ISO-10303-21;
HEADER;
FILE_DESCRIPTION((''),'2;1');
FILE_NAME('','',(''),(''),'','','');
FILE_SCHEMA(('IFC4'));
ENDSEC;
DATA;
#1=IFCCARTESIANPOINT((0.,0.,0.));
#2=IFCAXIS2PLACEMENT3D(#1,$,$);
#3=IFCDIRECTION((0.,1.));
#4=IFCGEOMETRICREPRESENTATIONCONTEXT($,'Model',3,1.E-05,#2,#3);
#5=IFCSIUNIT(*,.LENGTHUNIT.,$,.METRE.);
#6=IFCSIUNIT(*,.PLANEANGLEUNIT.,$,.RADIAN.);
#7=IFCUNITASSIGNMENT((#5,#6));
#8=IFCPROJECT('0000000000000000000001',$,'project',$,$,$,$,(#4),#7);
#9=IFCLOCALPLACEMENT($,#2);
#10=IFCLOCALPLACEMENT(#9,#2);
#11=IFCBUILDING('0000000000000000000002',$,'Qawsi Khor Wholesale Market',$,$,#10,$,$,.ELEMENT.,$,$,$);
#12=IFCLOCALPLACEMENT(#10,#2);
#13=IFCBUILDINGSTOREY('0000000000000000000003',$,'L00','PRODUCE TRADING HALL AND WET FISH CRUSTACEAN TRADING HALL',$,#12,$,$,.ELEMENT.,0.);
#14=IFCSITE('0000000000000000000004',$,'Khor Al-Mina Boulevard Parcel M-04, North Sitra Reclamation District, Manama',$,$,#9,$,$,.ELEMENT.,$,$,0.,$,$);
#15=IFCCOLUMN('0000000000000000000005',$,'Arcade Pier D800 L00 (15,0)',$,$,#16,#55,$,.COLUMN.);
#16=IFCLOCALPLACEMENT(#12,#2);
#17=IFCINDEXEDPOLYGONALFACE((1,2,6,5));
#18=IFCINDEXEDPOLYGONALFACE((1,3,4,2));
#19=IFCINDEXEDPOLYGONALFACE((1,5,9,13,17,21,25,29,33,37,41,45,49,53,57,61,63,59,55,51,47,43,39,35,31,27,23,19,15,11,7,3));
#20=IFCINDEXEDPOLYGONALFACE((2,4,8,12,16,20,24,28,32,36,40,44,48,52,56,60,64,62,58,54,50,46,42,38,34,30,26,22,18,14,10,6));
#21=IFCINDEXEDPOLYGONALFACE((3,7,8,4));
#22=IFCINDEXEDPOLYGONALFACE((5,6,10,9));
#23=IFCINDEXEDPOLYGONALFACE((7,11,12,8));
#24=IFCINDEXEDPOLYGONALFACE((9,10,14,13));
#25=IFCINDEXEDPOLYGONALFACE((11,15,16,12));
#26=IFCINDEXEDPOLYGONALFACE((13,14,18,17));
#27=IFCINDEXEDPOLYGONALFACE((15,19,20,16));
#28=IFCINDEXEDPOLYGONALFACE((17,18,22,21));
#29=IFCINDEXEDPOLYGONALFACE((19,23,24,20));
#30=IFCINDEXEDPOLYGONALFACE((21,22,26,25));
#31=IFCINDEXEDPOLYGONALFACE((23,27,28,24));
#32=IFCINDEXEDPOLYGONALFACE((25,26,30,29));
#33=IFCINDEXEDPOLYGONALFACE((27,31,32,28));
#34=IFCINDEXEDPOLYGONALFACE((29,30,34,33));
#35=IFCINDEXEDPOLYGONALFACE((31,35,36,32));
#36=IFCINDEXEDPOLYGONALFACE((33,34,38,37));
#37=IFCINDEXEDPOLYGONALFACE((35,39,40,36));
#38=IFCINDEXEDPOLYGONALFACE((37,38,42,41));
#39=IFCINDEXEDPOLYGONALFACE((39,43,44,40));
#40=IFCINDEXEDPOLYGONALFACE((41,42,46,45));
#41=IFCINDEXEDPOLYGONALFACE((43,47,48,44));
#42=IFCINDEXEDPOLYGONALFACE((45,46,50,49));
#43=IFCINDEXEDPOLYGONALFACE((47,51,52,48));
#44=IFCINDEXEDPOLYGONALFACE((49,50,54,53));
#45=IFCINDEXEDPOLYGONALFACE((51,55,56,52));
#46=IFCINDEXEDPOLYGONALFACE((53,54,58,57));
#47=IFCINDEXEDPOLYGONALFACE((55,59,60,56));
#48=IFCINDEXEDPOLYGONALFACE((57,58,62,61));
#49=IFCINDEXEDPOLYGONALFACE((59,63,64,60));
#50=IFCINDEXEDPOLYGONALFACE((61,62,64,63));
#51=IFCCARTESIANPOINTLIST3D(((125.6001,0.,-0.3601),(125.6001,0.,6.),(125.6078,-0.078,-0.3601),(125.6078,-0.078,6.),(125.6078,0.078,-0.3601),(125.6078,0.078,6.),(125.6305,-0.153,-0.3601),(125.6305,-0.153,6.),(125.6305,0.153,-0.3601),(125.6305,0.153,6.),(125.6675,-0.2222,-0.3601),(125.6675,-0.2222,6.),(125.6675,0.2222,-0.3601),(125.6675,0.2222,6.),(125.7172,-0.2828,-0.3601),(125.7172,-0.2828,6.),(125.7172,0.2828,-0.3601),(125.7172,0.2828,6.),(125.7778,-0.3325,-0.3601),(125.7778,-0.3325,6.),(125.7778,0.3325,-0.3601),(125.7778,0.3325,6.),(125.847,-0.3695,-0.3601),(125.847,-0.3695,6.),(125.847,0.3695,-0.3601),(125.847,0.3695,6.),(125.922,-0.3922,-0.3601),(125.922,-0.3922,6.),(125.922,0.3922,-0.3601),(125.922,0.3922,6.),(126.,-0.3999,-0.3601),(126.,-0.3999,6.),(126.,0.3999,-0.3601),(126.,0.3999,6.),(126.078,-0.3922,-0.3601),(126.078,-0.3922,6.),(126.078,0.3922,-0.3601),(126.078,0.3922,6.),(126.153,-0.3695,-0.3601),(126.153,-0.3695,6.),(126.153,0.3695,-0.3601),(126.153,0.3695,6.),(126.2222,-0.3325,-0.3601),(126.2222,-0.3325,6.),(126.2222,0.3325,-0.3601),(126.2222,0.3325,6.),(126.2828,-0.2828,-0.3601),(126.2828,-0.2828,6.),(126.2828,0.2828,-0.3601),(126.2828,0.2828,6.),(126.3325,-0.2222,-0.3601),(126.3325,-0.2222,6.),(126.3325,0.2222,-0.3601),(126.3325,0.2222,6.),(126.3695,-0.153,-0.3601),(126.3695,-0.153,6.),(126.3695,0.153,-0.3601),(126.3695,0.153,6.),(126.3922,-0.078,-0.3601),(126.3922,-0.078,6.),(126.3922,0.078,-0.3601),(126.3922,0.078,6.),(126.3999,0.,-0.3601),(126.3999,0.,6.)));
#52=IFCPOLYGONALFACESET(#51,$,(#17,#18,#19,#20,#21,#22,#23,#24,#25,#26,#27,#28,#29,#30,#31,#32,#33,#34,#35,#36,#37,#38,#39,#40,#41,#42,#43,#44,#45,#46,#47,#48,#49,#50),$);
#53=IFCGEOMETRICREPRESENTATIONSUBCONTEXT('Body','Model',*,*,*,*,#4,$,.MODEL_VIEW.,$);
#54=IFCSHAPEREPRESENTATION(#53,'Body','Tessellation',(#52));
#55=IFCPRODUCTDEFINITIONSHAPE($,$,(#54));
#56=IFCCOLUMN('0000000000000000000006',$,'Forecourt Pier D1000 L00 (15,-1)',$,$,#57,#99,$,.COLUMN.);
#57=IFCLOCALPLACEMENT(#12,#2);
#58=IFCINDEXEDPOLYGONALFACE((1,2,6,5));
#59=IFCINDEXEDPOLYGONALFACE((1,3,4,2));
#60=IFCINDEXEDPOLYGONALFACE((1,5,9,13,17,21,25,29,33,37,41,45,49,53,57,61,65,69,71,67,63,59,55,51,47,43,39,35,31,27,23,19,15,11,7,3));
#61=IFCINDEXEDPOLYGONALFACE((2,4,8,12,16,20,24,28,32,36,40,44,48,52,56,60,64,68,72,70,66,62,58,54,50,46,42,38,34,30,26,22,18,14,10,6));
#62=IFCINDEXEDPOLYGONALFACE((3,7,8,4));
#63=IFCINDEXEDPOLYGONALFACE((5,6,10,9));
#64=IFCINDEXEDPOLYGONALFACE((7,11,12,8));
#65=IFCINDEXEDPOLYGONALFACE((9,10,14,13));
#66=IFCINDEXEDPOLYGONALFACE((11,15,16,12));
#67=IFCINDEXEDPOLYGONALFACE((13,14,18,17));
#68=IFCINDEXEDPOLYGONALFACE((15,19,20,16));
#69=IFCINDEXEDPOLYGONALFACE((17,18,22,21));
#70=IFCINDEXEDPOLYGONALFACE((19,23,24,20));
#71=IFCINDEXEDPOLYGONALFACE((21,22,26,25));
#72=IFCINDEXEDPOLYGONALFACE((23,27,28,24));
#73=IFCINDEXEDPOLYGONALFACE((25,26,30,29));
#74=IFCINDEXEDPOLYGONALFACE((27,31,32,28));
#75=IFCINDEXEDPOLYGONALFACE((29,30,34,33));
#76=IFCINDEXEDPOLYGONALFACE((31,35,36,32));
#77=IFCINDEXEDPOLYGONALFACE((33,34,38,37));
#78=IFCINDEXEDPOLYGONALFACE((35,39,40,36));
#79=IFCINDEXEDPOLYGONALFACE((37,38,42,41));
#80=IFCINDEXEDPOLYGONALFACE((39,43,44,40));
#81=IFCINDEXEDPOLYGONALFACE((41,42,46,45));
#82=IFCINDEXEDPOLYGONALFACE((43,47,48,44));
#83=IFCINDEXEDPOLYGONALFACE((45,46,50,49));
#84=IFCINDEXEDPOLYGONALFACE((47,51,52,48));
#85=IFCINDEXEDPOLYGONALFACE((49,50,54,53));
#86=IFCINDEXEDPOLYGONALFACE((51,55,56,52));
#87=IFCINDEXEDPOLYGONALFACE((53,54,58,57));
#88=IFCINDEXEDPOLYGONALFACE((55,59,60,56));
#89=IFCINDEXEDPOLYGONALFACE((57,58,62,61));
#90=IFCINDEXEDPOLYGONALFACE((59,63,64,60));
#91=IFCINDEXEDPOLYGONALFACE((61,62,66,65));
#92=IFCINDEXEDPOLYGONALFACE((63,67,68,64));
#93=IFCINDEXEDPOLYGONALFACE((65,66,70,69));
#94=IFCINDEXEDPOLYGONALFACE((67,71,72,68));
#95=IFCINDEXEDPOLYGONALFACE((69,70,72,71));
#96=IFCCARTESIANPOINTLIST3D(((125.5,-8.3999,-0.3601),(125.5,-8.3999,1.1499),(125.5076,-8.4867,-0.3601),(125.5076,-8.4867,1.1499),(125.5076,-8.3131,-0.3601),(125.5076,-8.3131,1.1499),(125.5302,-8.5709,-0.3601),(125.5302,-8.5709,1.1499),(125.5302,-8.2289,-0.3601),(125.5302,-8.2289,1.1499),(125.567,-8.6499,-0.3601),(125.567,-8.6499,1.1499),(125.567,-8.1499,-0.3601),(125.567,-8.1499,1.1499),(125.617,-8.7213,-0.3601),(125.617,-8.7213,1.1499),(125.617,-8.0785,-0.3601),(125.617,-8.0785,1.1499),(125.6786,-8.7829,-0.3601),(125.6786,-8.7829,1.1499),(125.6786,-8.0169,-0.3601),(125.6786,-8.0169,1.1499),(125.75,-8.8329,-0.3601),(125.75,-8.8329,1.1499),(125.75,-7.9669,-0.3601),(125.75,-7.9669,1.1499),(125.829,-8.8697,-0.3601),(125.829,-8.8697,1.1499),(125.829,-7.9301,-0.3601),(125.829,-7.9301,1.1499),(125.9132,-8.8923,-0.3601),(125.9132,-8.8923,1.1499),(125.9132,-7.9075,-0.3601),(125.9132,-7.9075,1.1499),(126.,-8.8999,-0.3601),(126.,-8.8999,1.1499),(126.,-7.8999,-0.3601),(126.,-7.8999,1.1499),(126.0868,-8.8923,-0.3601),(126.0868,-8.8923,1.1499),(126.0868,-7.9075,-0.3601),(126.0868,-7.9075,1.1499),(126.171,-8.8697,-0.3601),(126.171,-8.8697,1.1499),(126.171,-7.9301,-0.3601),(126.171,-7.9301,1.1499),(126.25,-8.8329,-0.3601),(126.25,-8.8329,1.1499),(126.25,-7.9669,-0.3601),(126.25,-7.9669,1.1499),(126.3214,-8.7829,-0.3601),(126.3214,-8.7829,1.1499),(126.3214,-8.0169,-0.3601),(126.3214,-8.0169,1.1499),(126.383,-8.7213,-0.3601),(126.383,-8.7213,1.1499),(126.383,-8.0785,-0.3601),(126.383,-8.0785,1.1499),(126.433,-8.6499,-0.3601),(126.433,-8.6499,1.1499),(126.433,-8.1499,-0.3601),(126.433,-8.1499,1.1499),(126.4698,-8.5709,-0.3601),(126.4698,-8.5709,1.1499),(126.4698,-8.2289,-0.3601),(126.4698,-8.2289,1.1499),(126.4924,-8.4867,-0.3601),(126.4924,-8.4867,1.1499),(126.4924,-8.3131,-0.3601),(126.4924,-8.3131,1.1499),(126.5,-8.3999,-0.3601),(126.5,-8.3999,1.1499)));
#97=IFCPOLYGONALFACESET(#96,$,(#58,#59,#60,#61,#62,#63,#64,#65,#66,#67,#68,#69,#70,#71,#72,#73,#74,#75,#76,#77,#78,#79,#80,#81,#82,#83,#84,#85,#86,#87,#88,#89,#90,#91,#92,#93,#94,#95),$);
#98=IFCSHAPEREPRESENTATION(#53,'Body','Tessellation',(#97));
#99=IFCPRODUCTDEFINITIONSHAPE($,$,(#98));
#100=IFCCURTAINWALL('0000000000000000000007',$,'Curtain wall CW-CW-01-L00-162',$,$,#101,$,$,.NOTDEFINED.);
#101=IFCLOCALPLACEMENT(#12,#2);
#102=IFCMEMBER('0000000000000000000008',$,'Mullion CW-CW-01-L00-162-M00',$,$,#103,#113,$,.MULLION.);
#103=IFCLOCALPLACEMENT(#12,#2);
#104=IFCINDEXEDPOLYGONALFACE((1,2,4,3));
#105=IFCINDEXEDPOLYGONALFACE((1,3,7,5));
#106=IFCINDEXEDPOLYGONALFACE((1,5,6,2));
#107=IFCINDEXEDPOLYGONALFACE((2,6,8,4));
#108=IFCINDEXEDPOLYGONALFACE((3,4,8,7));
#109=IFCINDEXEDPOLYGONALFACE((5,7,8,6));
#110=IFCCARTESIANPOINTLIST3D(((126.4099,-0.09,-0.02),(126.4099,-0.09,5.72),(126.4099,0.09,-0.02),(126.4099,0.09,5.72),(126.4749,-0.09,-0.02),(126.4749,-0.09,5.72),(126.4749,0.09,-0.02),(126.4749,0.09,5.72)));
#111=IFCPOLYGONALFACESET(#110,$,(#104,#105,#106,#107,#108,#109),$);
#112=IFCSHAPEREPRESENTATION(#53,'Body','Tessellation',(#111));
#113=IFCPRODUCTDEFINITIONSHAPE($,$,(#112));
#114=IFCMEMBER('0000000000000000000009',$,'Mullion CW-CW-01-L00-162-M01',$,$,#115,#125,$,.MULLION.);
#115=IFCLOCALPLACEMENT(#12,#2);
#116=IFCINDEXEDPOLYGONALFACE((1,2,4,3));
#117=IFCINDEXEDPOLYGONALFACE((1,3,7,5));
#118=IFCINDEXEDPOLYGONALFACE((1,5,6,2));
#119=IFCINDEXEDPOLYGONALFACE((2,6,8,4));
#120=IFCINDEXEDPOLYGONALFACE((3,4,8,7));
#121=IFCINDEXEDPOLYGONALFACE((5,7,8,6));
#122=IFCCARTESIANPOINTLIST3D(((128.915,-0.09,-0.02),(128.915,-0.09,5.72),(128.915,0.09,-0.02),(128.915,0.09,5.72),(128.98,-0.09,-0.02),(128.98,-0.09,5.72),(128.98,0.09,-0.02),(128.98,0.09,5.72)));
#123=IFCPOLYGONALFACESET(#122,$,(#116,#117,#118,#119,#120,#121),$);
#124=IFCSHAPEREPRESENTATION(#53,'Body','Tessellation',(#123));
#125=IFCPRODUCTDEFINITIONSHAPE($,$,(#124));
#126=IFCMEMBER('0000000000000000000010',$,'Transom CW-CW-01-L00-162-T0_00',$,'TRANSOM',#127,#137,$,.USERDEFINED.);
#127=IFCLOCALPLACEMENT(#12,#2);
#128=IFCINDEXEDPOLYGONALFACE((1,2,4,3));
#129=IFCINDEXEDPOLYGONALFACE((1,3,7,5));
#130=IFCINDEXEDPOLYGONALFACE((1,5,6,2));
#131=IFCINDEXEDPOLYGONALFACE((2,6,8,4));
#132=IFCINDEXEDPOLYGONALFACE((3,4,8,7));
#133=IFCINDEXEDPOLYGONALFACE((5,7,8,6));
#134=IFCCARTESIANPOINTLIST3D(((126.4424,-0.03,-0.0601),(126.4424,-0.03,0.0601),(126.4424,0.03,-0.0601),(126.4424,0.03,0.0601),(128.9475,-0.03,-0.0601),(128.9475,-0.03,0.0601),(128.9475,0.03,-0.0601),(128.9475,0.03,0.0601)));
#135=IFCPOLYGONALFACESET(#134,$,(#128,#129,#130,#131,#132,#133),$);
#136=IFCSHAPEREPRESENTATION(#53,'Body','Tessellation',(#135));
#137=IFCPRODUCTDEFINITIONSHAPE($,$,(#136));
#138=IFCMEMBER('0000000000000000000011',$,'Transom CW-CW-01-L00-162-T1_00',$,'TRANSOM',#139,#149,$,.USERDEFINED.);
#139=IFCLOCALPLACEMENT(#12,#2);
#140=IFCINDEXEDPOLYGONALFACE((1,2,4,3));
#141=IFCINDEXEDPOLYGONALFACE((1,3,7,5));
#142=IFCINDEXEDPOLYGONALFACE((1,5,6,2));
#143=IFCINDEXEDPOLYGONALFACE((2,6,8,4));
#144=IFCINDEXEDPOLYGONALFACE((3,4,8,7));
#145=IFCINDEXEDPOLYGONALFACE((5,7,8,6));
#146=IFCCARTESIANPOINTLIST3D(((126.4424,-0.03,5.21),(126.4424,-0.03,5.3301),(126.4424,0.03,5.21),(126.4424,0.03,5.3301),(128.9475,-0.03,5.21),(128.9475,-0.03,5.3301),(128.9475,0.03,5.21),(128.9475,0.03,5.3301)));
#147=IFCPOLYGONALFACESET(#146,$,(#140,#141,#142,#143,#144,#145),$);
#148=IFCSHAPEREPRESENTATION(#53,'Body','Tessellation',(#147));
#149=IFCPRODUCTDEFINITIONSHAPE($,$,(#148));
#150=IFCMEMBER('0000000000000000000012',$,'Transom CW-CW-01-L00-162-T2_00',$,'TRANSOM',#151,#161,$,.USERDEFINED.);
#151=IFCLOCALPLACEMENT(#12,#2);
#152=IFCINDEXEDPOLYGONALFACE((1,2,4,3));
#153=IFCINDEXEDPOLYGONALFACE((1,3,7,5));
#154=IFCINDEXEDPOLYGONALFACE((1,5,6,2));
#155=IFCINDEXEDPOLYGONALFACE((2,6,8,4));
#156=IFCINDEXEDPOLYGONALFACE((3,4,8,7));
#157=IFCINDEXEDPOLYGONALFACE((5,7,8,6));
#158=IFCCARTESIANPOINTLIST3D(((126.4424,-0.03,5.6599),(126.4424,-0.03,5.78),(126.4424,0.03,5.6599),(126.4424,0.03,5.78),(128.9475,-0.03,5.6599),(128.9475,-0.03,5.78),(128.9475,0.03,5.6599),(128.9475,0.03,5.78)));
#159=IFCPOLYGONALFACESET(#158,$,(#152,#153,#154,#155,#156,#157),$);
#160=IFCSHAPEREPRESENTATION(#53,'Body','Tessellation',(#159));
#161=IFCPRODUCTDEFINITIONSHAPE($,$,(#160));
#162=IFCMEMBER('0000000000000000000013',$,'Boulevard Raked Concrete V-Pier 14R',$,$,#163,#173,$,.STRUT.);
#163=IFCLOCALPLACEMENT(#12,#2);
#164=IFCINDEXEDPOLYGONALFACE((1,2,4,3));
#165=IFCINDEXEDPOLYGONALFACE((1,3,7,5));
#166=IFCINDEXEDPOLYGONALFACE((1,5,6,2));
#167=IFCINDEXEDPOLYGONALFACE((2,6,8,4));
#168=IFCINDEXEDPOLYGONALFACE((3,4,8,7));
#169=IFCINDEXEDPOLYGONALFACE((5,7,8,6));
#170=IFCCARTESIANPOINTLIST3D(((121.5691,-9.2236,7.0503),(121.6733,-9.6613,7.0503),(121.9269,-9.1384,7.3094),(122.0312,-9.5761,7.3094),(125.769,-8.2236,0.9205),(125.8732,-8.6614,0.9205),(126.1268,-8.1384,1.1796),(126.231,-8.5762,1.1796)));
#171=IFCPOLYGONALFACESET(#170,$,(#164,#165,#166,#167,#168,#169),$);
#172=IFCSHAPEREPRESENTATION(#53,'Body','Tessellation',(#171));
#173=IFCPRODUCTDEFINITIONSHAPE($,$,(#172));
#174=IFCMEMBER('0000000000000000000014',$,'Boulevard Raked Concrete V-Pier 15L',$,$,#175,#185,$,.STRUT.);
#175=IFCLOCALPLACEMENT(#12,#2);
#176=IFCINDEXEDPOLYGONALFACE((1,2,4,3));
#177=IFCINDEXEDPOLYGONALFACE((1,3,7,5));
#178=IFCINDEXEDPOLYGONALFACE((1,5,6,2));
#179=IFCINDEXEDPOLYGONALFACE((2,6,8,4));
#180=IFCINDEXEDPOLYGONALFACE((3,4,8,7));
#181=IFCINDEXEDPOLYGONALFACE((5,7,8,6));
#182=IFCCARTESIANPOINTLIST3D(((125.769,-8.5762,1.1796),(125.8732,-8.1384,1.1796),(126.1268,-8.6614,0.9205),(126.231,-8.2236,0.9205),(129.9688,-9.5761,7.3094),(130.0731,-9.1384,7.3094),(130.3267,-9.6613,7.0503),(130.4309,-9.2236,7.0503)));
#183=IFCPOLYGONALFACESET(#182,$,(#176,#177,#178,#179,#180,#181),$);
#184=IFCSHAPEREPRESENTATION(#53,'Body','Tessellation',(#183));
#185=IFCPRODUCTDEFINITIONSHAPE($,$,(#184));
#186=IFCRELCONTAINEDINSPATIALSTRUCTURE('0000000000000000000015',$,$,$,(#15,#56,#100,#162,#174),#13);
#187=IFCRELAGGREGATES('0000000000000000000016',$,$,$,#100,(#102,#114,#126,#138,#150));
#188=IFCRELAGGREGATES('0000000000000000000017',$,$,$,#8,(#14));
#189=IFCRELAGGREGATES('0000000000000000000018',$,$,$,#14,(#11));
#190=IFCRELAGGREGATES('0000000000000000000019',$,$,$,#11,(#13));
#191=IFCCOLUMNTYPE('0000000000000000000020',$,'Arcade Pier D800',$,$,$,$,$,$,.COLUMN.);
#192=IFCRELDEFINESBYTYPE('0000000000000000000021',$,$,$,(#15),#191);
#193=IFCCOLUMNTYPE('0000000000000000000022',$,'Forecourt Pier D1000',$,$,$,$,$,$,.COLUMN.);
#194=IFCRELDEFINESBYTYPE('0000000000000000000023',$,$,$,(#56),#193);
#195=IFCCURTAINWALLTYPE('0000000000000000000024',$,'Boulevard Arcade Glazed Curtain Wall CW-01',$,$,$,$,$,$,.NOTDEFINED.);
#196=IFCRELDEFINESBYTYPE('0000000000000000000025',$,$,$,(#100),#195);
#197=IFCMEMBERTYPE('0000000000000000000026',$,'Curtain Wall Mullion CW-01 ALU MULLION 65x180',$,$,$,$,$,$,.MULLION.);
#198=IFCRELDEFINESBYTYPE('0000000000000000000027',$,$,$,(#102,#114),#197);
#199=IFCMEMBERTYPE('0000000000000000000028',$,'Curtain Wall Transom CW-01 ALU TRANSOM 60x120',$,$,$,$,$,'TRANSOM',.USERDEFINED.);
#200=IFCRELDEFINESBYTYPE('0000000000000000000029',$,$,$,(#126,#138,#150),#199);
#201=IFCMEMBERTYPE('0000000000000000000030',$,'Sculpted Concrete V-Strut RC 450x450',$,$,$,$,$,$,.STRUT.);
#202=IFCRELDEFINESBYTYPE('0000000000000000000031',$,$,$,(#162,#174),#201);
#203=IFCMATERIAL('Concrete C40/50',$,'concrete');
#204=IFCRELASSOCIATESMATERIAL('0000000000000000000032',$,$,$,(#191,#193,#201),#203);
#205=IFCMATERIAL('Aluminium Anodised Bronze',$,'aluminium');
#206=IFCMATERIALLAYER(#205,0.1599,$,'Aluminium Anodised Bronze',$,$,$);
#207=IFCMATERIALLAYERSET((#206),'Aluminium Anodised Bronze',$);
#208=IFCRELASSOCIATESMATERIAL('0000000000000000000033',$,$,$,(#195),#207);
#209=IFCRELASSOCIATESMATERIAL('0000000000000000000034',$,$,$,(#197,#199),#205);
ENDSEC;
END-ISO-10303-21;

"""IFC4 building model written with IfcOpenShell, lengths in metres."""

from ifc_helpers import new_model, si_unit, direction, frame, origin, origin_2d, place, context, subcontext, project, spatial, rectangle, circle, extrude, material, layer, layer_set, material_profile, profile_set, type_object, element, aggregate, save


model = new_model("IFC4")

# Units and contexts
model_context = context("Model", 3, precision=1e-05, world=origin(), true_north=direction((0.0, 1.0)))
body_context = subcontext(model_context, "Body", "Model", "MODEL_VIEW")
ifc_project = project(units=[si_unit("LENGTHUNIT", "METRE"), si_unit("PLANEANGLEUNIT", "RADIAN")], contexts=[model_context])

# Site, building, storey
site_placement = place(None, origin())
site = spatial("IfcSite", under=ifc_project, at=site_placement, Name="Khor Al-Mina Boulevard Parcel M-04, North Sitra Reclamation District, Manama", CompositionType="ELEMENT", RefElevation=0.0)
building_placement = place(site_placement, origin())
building = spatial("IfcBuilding", under=site, at=building_placement, Name="Qawsi Khor Wholesale Market", CompositionType="ELEMENT")
storey_placement = place(building_placement, origin())
storey = spatial("IfcBuildingStorey", under=building, at=storey_placement, Name="L00", Description="PRODUCE TRADING HALL AND WET FISH CRUSTACEAN TRADING HALL", CompositionType="ELEMENT", Elevation=0.0)

# Columns
ifc_material_1 = material(Name="Concrete C40/50", Category="concrete")
ifc_material_profile_1 = material_profile(ifc_material_1, circle(Radius=0.3999, at=origin_2d()), Name="RC COL D800")
ifc_profile_set_1 = profile_set([ifc_material_profile_1], Name="Concrete C40/50")
column_type_1 = type_object("IfcColumnType", Name="Arcade Pier D800", PredefinedType="COLUMN", material=ifc_profile_set_1)
column_1_placement = place(storey_placement, frame((126.0, 0.0, -0.3601), z_axis=(0.0, 0.0, 1.0), x_axis=(1.0, 0.0, 0.0)))
element("IfcColumn", 1, at=column_1_placement, inside=storey, type_object=column_type_1, Name="Arcade Pier D800 L00 (15,0)", PredefinedType="COLUMN", context=body_context, shape_type="SweptSolid", body=[
    extrude(circle(Radius=0.3999, at=origin_2d()), origin(), (0.0, 0.0, 1.0), 6.3601),
])
ifc_material_profile_2 = material_profile(ifc_material_1, circle(Radius=0.5, at=origin_2d()), Name="RC COL D1000")
ifc_profile_set_2 = profile_set([ifc_material_profile_2], Name="Concrete C40/50")
column_type_2 = type_object("IfcColumnType", Name="Forecourt Pier D1000", PredefinedType="COLUMN", material=ifc_profile_set_2)
column_2_placement = place(storey_placement, frame((126.0, -8.3999, -0.3601), z_axis=(0.0, 0.0, 1.0), x_axis=(1.0, 0.0, 0.0)))
element("IfcColumn", 2, at=column_2_placement, inside=storey, type_object=column_type_2, Name="Forecourt Pier D1000 L00 (15,-1)", PredefinedType="COLUMN", context=body_context, shape_type="SweptSolid", body=[
    extrude(circle(Radius=0.5, at=origin_2d()), origin(), (0.0, 0.0, 1.0), 1.51),
])

# Curtain wall, members
ifc_material_2 = material(Name="Aluminium Anodised Bronze", Category="aluminium")
ifc_layer_1 = layer(ifc_material_2, 0.1599, Name="Aluminium Anodised Bronze")
ifc_layer_set_1 = layer_set([ifc_layer_1], Name="Aluminium Anodised Bronze")
curtain_wall_type = type_object("IfcCurtainWallType", Name="Boulevard Arcade Glazed Curtain Wall CW-01", PredefinedType="NOTDEFINED", material=ifc_layer_set_1)
curtain_wall_placement = place(storey_placement, origin())
curtain_wall = element("IfcCurtainWall", 3, at=curtain_wall_placement, inside=storey, type_object=curtain_wall_type, Name="Curtain wall CW-CW-01-L00-162", PredefinedType="NOTDEFINED")
ifc_material_profile_3 = material_profile(ifc_material_2, rectangle(XDim=0.0649, YDim=0.1799, at=origin_2d()), Name="ALU MULLION 65x180")
ifc_profile_set_3 = profile_set([ifc_material_profile_3], Name="Aluminium Anodised Bronze")
member_type_1 = type_object("IfcMemberType", Name="Curtain Wall Mullion CW-01 ALU MULLION 65x180", PredefinedType="MULLION", material=ifc_profile_set_3)
member_1_placement = place(storey_placement, frame((126.4424, 0.0, -0.02), z_axis=(0.0, 0.0, 1.0), x_axis=(1.0, 0.0, 0.0)))
member_1 = element("IfcMember", 4, at=member_1_placement, type_object=member_type_1, Name="Mullion CW-CW-01-L00-162-M00", PredefinedType="MULLION", context=body_context, shape_type="SweptSolid", body=[
    extrude(rectangle(XDim=0.0649, YDim=0.1799, at=origin_2d()), origin(), (0.0, 0.0, 1.0), 5.74),
])
member_2_placement = place(storey_placement, frame((128.9475, 0.0, -0.02), z_axis=(0.0, 0.0, 1.0), x_axis=(1.0, 0.0, 0.0)))
member_2 = element("IfcMember", 5, at=member_2_placement, type_object=member_type_1, Name="Mullion CW-CW-01-L00-162-M01", PredefinedType="MULLION", context=body_context, shape_type="SweptSolid", body=[
    extrude(rectangle(XDim=0.0649, YDim=0.1799, at=origin_2d()), origin(), (0.0, 0.0, 1.0), 5.74),
])
ifc_material_profile_4 = material_profile(ifc_material_2, rectangle(XDim=0.0601, YDim=0.1201, at=origin_2d()), Name="ALU TRANSOM 60x120")
ifc_profile_set_4 = profile_set([ifc_material_profile_4], Name="Aluminium Anodised Bronze")
member_type_2 = type_object("IfcMemberType", Name="Curtain Wall Transom CW-01 ALU TRANSOM 60x120", ElementType="TRANSOM", PredefinedType="USERDEFINED", material=ifc_profile_set_4)
member_3_placement = place(storey_placement, frame((126.4424, 0.0, 0.0), z_axis=(1.0, 0.0, 0.0), x_axis=(0.0, 1.0, 0.0)))
member_3 = element("IfcMember", 6, at=member_3_placement, type_object=member_type_2, Name="Transom CW-CW-01-L00-162-T0_00", ObjectType="TRANSOM", PredefinedType="USERDEFINED", context=body_context, shape_type="SweptSolid", body=[
    extrude(rectangle(XDim=0.0601, YDim=0.1201, at=origin_2d()), origin(), (0.0, 0.0, 1.0), 2.5051),
])
member_4_placement = place(storey_placement, frame((126.4424, 0.0, 5.27), z_axis=(1.0, 0.0, 0.0), x_axis=(0.0, 1.0, 0.0)))
member_4 = element("IfcMember", 7, at=member_4_placement, type_object=member_type_2, Name="Transom CW-CW-01-L00-162-T1_00", ObjectType="TRANSOM", PredefinedType="USERDEFINED", context=body_context, shape_type="SweptSolid", body=[
    extrude(rectangle(XDim=0.0601, YDim=0.1201, at=origin_2d()), origin(), (0.0, 0.0, 1.0), 2.5051),
])
member_5_placement = place(storey_placement, frame((126.4424, 0.0, 5.72), z_axis=(1.0, 0.0, 0.0), x_axis=(0.0, 1.0, 0.0)))
member_5 = element("IfcMember", 8, at=member_5_placement, type_object=member_type_2, Name="Transom CW-CW-01-L00-162-T2_00", ObjectType="TRANSOM", PredefinedType="USERDEFINED", context=body_context, shape_type="SweptSolid", body=[
    extrude(rectangle(XDim=0.0601, YDim=0.1201, at=origin_2d()), origin(), (0.0, 0.0, 1.0), 2.5051),
])

# Members
ifc_material_profile_5 = material_profile(ifc_material_1, rectangle(XDim=0.45, YDim=0.45, at=origin_2d()), Name="RC 450x450")
ifc_profile_set_5 = profile_set([ifc_material_profile_5], Name="Concrete C40/50")
member_type_3 = type_object("IfcMemberType", Name="Sculpted Concrete V-Strut RC 450x450", PredefinedType="STRUT", material=ifc_profile_set_5)
for number, where, z_axis, x_axis, name in (
    (9, (126.0, -8.3999, 1.05), (-0.560168, -0.133375, 0.817572), (0.231623, -0.972806, 0.0), "Boulevard Raked Concrete V-Pier 14R"),
    (10, (126.0, -8.3999, 1.05), (0.560168, -0.133375, 0.817572), (0.231623, 0.972806, 0.0), "Boulevard Raked Concrete V-Pier 15L"),
):
    element("IfcMember", number, at=place(storey_placement, frame(where, z_axis=z_axis, x_axis=x_axis)), inside=storey, type_object=member_type_3, Name=name, PredefinedType="STRUT", context=body_context, shape_type="SweptSolid", body=[
        extrude(rectangle(XDim=0.45, YDim=0.45, at=origin_2d()), origin(), (0.0, 0.0, 1.0), 7.4976),
    ])

aggregate(curtain_wall, [member_1, member_2, member_3, member_4, member_5])

save(model, "model.ifc")
